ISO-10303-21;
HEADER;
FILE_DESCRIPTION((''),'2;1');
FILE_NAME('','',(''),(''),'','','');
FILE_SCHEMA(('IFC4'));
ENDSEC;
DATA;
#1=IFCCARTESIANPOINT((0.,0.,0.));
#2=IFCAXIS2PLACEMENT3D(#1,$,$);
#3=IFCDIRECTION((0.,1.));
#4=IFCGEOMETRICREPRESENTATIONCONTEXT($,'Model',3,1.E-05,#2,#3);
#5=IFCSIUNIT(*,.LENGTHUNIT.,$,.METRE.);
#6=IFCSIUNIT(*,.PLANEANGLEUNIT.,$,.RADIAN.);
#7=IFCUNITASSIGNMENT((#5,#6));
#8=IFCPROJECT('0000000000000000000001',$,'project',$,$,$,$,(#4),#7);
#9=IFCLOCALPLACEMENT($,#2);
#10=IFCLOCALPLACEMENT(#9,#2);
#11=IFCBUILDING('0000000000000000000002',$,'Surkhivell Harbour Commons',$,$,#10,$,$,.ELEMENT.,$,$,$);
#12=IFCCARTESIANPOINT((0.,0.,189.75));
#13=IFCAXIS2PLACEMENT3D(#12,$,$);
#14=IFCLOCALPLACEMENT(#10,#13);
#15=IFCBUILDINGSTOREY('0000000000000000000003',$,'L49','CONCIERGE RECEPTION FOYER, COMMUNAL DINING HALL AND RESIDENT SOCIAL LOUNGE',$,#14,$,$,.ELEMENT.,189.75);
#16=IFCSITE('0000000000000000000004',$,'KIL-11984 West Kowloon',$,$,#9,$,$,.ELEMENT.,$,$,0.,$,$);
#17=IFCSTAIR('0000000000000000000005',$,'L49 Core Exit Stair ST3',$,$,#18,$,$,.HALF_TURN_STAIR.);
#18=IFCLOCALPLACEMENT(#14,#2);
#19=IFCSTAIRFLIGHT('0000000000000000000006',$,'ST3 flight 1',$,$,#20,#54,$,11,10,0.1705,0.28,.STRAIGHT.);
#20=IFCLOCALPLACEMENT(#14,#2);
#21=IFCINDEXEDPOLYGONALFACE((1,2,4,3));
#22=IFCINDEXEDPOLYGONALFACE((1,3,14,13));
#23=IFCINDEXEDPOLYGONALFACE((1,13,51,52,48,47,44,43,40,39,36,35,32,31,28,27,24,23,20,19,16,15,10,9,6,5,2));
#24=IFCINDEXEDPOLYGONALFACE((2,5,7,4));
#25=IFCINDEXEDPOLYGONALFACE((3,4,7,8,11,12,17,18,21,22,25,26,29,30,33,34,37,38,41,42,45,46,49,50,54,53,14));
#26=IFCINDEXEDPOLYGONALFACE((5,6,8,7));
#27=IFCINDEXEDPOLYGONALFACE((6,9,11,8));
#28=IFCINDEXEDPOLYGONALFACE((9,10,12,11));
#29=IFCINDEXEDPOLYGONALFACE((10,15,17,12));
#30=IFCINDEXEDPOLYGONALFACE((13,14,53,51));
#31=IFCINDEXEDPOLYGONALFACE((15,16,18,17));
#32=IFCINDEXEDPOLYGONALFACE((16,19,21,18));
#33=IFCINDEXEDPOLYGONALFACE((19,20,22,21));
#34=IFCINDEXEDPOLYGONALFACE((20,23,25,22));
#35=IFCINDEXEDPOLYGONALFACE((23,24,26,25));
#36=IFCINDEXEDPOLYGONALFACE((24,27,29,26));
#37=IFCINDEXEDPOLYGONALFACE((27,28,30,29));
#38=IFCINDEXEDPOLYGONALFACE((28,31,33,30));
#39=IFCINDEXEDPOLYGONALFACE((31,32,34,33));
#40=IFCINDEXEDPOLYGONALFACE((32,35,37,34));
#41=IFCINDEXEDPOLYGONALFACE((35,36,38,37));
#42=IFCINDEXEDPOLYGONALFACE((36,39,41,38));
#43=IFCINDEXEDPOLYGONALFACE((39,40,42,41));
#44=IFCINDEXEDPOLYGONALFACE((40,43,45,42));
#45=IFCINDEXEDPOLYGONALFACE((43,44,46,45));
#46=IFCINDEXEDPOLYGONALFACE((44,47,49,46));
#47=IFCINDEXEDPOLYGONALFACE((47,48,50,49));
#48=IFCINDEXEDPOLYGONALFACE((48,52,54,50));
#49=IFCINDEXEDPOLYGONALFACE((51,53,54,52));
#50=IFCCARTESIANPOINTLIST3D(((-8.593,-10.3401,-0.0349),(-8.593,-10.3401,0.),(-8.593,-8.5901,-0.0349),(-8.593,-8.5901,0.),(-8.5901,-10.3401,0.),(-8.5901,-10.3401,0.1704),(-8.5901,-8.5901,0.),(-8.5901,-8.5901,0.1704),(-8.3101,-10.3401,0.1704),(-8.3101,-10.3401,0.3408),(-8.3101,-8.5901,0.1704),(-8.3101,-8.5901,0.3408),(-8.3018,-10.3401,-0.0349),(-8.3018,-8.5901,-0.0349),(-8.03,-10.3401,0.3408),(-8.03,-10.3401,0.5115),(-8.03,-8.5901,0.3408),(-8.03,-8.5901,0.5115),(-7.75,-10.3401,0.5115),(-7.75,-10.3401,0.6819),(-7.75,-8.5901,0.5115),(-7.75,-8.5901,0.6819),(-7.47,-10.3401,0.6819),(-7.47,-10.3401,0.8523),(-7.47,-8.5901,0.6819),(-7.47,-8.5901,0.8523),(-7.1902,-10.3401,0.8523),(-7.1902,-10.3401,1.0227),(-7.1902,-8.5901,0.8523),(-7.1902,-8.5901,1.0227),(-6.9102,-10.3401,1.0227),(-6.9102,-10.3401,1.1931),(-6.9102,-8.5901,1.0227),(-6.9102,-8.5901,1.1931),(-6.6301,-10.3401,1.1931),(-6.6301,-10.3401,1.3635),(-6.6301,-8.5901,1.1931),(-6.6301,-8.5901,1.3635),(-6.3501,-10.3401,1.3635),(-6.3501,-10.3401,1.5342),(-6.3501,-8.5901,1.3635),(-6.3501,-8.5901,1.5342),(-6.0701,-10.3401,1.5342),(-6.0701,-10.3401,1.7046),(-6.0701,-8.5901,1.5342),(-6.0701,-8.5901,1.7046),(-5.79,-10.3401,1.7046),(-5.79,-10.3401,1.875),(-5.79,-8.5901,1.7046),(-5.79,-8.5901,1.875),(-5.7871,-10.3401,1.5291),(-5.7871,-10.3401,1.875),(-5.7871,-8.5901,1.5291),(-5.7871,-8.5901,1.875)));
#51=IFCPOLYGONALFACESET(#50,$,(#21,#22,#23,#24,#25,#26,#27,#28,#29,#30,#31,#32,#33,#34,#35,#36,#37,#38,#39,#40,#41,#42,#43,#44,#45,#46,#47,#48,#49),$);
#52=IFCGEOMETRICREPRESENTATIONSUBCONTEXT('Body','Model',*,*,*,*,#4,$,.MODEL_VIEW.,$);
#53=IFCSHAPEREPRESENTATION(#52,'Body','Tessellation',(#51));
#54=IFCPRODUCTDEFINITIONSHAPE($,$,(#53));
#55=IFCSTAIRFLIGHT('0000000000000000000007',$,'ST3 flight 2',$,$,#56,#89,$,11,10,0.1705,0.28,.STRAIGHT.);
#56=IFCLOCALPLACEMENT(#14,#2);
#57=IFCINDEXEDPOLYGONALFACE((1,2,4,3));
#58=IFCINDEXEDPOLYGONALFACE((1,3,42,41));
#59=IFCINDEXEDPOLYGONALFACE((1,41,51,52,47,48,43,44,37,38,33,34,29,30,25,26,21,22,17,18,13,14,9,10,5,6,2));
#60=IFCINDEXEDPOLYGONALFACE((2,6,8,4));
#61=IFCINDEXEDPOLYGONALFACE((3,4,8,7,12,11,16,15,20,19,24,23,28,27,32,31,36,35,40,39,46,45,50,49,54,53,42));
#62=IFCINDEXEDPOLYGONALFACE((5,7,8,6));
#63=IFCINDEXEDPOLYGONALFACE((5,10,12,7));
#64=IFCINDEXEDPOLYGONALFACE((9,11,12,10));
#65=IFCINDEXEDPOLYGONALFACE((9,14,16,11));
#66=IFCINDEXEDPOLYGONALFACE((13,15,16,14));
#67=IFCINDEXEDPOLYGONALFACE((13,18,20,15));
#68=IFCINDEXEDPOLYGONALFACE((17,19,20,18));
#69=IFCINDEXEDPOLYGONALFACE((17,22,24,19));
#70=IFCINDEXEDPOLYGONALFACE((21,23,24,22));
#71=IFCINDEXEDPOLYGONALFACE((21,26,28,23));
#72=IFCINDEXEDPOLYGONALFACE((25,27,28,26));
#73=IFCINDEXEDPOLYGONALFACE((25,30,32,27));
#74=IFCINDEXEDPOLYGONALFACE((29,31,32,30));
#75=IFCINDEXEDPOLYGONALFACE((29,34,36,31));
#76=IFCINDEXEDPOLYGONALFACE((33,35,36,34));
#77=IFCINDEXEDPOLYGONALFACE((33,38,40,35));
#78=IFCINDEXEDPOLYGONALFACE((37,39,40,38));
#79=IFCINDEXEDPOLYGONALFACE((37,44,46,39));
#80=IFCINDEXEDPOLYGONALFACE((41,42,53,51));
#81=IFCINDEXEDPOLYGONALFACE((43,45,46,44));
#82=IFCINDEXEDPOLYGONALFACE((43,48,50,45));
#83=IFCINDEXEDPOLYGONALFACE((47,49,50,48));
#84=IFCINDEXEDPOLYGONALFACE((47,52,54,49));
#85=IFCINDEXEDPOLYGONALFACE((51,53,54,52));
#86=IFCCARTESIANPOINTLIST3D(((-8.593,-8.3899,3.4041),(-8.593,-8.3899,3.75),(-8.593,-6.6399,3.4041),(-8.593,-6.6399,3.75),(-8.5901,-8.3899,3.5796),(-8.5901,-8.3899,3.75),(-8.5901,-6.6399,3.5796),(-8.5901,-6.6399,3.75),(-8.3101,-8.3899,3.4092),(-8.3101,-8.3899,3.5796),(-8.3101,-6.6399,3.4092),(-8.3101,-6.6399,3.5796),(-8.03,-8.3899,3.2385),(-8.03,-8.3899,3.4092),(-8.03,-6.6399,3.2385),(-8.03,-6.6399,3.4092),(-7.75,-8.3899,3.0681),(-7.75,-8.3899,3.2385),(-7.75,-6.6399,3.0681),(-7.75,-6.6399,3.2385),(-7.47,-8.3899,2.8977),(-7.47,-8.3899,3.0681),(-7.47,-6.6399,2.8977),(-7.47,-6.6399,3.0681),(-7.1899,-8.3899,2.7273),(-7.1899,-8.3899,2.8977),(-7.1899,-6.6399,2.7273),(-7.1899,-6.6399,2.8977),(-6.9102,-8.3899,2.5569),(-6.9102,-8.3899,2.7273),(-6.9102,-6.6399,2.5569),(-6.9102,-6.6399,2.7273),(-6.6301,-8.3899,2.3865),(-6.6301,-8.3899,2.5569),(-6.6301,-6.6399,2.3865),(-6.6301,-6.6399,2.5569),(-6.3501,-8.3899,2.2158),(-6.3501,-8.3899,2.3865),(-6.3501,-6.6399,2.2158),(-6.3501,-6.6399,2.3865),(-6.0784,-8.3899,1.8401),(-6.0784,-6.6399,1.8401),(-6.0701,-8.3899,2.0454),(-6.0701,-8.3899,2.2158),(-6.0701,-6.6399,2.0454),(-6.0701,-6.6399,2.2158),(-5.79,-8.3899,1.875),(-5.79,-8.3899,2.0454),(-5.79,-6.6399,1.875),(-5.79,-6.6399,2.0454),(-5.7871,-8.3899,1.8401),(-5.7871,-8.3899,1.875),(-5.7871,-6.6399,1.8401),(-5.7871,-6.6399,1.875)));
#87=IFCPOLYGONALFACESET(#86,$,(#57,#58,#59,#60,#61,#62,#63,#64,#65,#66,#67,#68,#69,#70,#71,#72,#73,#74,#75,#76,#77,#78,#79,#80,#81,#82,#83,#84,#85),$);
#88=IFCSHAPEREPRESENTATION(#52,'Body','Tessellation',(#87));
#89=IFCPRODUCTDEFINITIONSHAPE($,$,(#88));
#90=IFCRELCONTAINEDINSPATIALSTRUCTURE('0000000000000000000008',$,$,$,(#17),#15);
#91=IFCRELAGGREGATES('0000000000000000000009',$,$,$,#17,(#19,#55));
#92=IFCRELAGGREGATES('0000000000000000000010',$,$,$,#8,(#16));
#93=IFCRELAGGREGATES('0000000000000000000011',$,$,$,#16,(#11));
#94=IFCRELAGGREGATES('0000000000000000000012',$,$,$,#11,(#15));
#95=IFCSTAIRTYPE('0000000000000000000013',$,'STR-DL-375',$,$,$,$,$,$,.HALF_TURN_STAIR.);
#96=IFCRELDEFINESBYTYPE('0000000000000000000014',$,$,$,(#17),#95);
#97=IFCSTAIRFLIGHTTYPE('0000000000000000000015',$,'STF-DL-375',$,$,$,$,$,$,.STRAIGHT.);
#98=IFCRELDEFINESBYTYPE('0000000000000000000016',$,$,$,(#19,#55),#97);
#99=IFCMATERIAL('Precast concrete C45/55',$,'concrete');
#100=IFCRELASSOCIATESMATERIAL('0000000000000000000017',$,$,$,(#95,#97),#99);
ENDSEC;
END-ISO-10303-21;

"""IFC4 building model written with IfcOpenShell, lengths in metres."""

from ifc_helpers import new_model, si_unit, direction, frame, origin, place, context, subcontext, project, spatial, polyline, outline, extrude, material, type_object, element, aggregate, save


model = new_model("IFC4")

# Units and contexts
model_context = context("Model", 3, precision=1e-05, world=origin(), true_north=direction((0.0, 1.0)))
body_context = subcontext(model_context, "Body", "Model", "MODEL_VIEW")
ifc_project = project(units=[si_unit("LENGTHUNIT", "METRE"), si_unit("PLANEANGLEUNIT", "RADIAN")], contexts=[model_context])

# Site, building, storey
site_placement = place(None, origin())
site = spatial("IfcSite", under=ifc_project, at=site_placement, Name="KIL-11984 West Kowloon", CompositionType="ELEMENT", RefElevation=0.0)
building_placement = place(site_placement, origin())
building = spatial("IfcBuilding", under=site, at=building_placement, Name="Surkhivell Harbour Commons", CompositionType="ELEMENT")
storey_placement = place(building_placement, frame((0.0, 0.0, 189.75)))
storey = spatial("IfcBuildingStorey", under=building, at=storey_placement, Name="L49", Description="CONCIERGE RECEPTION FOYER, COMMUNAL DINING HALL AND RESIDENT SOCIAL LOUNGE", CompositionType="ELEMENT", Elevation=189.75)

# Stair, stair flights
ifc_material_1 = material(Name="Precast concrete C45/55", Category="concrete")
stair_type = type_object("IfcStairType", Name="STR-DL-375", PredefinedType="HALF_TURN_STAIR", material=ifc_material_1)
stair_placement = place(storey_placement, origin())
stair = element("IfcStair", 1, at=stair_placement, inside=storey, type_object=stair_type, Name="L49 Core Exit Stair ST3", PredefinedType="HALF_TURN_STAIR")
stair_flight_type = type_object("IfcStairFlightType", Name="STF-DL-375", PredefinedType="STRAIGHT", material=ifc_material_1)
stair_flight_1_placement = place(storey_placement, frame((-8.5901, -9.4651, 0.0), z_axis=(0.0, 0.0, 1.0), x_axis=(1.0, 0.0, 0.0)))
stair_flight_1 = element("IfcStairFlight", 2, at=stair_flight_1_placement, type_object=stair_flight_type, Name="ST3 flight 1", NumberOfRisers=11, NumberOfTreads=10, PredefinedType="STRAIGHT", RiserHeight=0.1705, TreadLength=0.28, context=body_context, shape_type="SweptSolid", body=[
    extrude(outline(polyline([(-0.0029, -0.0349), (-0.0029, 0.0), (0.0, 0.0), (0.0, 0.1704), (0.28, 0.1704), (0.28, 0.3408), (0.5601, 0.3408), (0.5601, 0.5115), (0.8401, 0.5115), (0.8401, 0.6819), (1.1201, 0.6819), (1.1201, 0.8523), (1.3999, 0.8523), (1.3999, 1.0227), (1.6799, 1.0227), (1.6799, 1.1931), (1.96, 1.1931), (1.96, 1.3635), (2.24, 1.3635), (2.24, 1.5342), (2.52, 1.5342), (2.52, 1.7046), (2.8, 1.7046), (2.8, 1.875), (2.803, 1.875), (2.803, 1.5291), (0.2883, -0.0349), (-0.0029, -0.0349)])), frame((0.0, 0.875, 0.0), z_axis=(0.0, -1.0, 0.0), x_axis=(1.0, 0.0, 0.0)), (0.0, 0.0, 1.0), 1.75),
])
stair_flight_2_placement = place(storey_placement, frame((-5.79, -7.5149, 1.875), z_axis=(0.0, 0.0, 1.0), x_axis=(-1.0, 0.0, 0.0)))
stair_flight_2 = element("IfcStairFlight", 3, at=stair_flight_2_placement, type_object=stair_flight_type, Name="ST3 flight 2", NumberOfRisers=11, NumberOfTreads=10, PredefinedType="STRAIGHT", RiserHeight=0.1705, TreadLength=0.28, context=body_context, shape_type="SweptSolid", body=[
    extrude(outline(polyline([(-0.0029, -0.0349), (-0.0029, 0.0), (0.0, 0.0), (0.0, 0.1704), (0.28, 0.1704), (0.28, 0.3408), (0.5601, 0.3408), (0.5601, 0.5115), (0.8401, 0.5115), (0.8401, 0.6819), (1.1201, 0.6819), (1.1201, 0.8523), (1.3999, 0.8523), (1.3999, 1.0227), (1.6799, 1.0227), (1.6799, 1.1931), (1.96, 1.1931), (1.96, 1.3635), (2.24, 1.3635), (2.24, 1.5342), (2.52, 1.5342), (2.52, 1.7046), (2.8, 1.7046), (2.8, 1.875), (2.803, 1.875), (2.803, 1.5291), (0.2883, -0.0349), (-0.0029, -0.0349)])), frame((0.0, 0.875, 0.0), z_axis=(0.0, -1.0, 0.0), x_axis=(1.0, 0.0, 0.0)), (0.0, 0.0, 1.0), 1.75),
])
aggregate(stair, [stair_flight_1, stair_flight_2])

save(model, "model.ifc")
